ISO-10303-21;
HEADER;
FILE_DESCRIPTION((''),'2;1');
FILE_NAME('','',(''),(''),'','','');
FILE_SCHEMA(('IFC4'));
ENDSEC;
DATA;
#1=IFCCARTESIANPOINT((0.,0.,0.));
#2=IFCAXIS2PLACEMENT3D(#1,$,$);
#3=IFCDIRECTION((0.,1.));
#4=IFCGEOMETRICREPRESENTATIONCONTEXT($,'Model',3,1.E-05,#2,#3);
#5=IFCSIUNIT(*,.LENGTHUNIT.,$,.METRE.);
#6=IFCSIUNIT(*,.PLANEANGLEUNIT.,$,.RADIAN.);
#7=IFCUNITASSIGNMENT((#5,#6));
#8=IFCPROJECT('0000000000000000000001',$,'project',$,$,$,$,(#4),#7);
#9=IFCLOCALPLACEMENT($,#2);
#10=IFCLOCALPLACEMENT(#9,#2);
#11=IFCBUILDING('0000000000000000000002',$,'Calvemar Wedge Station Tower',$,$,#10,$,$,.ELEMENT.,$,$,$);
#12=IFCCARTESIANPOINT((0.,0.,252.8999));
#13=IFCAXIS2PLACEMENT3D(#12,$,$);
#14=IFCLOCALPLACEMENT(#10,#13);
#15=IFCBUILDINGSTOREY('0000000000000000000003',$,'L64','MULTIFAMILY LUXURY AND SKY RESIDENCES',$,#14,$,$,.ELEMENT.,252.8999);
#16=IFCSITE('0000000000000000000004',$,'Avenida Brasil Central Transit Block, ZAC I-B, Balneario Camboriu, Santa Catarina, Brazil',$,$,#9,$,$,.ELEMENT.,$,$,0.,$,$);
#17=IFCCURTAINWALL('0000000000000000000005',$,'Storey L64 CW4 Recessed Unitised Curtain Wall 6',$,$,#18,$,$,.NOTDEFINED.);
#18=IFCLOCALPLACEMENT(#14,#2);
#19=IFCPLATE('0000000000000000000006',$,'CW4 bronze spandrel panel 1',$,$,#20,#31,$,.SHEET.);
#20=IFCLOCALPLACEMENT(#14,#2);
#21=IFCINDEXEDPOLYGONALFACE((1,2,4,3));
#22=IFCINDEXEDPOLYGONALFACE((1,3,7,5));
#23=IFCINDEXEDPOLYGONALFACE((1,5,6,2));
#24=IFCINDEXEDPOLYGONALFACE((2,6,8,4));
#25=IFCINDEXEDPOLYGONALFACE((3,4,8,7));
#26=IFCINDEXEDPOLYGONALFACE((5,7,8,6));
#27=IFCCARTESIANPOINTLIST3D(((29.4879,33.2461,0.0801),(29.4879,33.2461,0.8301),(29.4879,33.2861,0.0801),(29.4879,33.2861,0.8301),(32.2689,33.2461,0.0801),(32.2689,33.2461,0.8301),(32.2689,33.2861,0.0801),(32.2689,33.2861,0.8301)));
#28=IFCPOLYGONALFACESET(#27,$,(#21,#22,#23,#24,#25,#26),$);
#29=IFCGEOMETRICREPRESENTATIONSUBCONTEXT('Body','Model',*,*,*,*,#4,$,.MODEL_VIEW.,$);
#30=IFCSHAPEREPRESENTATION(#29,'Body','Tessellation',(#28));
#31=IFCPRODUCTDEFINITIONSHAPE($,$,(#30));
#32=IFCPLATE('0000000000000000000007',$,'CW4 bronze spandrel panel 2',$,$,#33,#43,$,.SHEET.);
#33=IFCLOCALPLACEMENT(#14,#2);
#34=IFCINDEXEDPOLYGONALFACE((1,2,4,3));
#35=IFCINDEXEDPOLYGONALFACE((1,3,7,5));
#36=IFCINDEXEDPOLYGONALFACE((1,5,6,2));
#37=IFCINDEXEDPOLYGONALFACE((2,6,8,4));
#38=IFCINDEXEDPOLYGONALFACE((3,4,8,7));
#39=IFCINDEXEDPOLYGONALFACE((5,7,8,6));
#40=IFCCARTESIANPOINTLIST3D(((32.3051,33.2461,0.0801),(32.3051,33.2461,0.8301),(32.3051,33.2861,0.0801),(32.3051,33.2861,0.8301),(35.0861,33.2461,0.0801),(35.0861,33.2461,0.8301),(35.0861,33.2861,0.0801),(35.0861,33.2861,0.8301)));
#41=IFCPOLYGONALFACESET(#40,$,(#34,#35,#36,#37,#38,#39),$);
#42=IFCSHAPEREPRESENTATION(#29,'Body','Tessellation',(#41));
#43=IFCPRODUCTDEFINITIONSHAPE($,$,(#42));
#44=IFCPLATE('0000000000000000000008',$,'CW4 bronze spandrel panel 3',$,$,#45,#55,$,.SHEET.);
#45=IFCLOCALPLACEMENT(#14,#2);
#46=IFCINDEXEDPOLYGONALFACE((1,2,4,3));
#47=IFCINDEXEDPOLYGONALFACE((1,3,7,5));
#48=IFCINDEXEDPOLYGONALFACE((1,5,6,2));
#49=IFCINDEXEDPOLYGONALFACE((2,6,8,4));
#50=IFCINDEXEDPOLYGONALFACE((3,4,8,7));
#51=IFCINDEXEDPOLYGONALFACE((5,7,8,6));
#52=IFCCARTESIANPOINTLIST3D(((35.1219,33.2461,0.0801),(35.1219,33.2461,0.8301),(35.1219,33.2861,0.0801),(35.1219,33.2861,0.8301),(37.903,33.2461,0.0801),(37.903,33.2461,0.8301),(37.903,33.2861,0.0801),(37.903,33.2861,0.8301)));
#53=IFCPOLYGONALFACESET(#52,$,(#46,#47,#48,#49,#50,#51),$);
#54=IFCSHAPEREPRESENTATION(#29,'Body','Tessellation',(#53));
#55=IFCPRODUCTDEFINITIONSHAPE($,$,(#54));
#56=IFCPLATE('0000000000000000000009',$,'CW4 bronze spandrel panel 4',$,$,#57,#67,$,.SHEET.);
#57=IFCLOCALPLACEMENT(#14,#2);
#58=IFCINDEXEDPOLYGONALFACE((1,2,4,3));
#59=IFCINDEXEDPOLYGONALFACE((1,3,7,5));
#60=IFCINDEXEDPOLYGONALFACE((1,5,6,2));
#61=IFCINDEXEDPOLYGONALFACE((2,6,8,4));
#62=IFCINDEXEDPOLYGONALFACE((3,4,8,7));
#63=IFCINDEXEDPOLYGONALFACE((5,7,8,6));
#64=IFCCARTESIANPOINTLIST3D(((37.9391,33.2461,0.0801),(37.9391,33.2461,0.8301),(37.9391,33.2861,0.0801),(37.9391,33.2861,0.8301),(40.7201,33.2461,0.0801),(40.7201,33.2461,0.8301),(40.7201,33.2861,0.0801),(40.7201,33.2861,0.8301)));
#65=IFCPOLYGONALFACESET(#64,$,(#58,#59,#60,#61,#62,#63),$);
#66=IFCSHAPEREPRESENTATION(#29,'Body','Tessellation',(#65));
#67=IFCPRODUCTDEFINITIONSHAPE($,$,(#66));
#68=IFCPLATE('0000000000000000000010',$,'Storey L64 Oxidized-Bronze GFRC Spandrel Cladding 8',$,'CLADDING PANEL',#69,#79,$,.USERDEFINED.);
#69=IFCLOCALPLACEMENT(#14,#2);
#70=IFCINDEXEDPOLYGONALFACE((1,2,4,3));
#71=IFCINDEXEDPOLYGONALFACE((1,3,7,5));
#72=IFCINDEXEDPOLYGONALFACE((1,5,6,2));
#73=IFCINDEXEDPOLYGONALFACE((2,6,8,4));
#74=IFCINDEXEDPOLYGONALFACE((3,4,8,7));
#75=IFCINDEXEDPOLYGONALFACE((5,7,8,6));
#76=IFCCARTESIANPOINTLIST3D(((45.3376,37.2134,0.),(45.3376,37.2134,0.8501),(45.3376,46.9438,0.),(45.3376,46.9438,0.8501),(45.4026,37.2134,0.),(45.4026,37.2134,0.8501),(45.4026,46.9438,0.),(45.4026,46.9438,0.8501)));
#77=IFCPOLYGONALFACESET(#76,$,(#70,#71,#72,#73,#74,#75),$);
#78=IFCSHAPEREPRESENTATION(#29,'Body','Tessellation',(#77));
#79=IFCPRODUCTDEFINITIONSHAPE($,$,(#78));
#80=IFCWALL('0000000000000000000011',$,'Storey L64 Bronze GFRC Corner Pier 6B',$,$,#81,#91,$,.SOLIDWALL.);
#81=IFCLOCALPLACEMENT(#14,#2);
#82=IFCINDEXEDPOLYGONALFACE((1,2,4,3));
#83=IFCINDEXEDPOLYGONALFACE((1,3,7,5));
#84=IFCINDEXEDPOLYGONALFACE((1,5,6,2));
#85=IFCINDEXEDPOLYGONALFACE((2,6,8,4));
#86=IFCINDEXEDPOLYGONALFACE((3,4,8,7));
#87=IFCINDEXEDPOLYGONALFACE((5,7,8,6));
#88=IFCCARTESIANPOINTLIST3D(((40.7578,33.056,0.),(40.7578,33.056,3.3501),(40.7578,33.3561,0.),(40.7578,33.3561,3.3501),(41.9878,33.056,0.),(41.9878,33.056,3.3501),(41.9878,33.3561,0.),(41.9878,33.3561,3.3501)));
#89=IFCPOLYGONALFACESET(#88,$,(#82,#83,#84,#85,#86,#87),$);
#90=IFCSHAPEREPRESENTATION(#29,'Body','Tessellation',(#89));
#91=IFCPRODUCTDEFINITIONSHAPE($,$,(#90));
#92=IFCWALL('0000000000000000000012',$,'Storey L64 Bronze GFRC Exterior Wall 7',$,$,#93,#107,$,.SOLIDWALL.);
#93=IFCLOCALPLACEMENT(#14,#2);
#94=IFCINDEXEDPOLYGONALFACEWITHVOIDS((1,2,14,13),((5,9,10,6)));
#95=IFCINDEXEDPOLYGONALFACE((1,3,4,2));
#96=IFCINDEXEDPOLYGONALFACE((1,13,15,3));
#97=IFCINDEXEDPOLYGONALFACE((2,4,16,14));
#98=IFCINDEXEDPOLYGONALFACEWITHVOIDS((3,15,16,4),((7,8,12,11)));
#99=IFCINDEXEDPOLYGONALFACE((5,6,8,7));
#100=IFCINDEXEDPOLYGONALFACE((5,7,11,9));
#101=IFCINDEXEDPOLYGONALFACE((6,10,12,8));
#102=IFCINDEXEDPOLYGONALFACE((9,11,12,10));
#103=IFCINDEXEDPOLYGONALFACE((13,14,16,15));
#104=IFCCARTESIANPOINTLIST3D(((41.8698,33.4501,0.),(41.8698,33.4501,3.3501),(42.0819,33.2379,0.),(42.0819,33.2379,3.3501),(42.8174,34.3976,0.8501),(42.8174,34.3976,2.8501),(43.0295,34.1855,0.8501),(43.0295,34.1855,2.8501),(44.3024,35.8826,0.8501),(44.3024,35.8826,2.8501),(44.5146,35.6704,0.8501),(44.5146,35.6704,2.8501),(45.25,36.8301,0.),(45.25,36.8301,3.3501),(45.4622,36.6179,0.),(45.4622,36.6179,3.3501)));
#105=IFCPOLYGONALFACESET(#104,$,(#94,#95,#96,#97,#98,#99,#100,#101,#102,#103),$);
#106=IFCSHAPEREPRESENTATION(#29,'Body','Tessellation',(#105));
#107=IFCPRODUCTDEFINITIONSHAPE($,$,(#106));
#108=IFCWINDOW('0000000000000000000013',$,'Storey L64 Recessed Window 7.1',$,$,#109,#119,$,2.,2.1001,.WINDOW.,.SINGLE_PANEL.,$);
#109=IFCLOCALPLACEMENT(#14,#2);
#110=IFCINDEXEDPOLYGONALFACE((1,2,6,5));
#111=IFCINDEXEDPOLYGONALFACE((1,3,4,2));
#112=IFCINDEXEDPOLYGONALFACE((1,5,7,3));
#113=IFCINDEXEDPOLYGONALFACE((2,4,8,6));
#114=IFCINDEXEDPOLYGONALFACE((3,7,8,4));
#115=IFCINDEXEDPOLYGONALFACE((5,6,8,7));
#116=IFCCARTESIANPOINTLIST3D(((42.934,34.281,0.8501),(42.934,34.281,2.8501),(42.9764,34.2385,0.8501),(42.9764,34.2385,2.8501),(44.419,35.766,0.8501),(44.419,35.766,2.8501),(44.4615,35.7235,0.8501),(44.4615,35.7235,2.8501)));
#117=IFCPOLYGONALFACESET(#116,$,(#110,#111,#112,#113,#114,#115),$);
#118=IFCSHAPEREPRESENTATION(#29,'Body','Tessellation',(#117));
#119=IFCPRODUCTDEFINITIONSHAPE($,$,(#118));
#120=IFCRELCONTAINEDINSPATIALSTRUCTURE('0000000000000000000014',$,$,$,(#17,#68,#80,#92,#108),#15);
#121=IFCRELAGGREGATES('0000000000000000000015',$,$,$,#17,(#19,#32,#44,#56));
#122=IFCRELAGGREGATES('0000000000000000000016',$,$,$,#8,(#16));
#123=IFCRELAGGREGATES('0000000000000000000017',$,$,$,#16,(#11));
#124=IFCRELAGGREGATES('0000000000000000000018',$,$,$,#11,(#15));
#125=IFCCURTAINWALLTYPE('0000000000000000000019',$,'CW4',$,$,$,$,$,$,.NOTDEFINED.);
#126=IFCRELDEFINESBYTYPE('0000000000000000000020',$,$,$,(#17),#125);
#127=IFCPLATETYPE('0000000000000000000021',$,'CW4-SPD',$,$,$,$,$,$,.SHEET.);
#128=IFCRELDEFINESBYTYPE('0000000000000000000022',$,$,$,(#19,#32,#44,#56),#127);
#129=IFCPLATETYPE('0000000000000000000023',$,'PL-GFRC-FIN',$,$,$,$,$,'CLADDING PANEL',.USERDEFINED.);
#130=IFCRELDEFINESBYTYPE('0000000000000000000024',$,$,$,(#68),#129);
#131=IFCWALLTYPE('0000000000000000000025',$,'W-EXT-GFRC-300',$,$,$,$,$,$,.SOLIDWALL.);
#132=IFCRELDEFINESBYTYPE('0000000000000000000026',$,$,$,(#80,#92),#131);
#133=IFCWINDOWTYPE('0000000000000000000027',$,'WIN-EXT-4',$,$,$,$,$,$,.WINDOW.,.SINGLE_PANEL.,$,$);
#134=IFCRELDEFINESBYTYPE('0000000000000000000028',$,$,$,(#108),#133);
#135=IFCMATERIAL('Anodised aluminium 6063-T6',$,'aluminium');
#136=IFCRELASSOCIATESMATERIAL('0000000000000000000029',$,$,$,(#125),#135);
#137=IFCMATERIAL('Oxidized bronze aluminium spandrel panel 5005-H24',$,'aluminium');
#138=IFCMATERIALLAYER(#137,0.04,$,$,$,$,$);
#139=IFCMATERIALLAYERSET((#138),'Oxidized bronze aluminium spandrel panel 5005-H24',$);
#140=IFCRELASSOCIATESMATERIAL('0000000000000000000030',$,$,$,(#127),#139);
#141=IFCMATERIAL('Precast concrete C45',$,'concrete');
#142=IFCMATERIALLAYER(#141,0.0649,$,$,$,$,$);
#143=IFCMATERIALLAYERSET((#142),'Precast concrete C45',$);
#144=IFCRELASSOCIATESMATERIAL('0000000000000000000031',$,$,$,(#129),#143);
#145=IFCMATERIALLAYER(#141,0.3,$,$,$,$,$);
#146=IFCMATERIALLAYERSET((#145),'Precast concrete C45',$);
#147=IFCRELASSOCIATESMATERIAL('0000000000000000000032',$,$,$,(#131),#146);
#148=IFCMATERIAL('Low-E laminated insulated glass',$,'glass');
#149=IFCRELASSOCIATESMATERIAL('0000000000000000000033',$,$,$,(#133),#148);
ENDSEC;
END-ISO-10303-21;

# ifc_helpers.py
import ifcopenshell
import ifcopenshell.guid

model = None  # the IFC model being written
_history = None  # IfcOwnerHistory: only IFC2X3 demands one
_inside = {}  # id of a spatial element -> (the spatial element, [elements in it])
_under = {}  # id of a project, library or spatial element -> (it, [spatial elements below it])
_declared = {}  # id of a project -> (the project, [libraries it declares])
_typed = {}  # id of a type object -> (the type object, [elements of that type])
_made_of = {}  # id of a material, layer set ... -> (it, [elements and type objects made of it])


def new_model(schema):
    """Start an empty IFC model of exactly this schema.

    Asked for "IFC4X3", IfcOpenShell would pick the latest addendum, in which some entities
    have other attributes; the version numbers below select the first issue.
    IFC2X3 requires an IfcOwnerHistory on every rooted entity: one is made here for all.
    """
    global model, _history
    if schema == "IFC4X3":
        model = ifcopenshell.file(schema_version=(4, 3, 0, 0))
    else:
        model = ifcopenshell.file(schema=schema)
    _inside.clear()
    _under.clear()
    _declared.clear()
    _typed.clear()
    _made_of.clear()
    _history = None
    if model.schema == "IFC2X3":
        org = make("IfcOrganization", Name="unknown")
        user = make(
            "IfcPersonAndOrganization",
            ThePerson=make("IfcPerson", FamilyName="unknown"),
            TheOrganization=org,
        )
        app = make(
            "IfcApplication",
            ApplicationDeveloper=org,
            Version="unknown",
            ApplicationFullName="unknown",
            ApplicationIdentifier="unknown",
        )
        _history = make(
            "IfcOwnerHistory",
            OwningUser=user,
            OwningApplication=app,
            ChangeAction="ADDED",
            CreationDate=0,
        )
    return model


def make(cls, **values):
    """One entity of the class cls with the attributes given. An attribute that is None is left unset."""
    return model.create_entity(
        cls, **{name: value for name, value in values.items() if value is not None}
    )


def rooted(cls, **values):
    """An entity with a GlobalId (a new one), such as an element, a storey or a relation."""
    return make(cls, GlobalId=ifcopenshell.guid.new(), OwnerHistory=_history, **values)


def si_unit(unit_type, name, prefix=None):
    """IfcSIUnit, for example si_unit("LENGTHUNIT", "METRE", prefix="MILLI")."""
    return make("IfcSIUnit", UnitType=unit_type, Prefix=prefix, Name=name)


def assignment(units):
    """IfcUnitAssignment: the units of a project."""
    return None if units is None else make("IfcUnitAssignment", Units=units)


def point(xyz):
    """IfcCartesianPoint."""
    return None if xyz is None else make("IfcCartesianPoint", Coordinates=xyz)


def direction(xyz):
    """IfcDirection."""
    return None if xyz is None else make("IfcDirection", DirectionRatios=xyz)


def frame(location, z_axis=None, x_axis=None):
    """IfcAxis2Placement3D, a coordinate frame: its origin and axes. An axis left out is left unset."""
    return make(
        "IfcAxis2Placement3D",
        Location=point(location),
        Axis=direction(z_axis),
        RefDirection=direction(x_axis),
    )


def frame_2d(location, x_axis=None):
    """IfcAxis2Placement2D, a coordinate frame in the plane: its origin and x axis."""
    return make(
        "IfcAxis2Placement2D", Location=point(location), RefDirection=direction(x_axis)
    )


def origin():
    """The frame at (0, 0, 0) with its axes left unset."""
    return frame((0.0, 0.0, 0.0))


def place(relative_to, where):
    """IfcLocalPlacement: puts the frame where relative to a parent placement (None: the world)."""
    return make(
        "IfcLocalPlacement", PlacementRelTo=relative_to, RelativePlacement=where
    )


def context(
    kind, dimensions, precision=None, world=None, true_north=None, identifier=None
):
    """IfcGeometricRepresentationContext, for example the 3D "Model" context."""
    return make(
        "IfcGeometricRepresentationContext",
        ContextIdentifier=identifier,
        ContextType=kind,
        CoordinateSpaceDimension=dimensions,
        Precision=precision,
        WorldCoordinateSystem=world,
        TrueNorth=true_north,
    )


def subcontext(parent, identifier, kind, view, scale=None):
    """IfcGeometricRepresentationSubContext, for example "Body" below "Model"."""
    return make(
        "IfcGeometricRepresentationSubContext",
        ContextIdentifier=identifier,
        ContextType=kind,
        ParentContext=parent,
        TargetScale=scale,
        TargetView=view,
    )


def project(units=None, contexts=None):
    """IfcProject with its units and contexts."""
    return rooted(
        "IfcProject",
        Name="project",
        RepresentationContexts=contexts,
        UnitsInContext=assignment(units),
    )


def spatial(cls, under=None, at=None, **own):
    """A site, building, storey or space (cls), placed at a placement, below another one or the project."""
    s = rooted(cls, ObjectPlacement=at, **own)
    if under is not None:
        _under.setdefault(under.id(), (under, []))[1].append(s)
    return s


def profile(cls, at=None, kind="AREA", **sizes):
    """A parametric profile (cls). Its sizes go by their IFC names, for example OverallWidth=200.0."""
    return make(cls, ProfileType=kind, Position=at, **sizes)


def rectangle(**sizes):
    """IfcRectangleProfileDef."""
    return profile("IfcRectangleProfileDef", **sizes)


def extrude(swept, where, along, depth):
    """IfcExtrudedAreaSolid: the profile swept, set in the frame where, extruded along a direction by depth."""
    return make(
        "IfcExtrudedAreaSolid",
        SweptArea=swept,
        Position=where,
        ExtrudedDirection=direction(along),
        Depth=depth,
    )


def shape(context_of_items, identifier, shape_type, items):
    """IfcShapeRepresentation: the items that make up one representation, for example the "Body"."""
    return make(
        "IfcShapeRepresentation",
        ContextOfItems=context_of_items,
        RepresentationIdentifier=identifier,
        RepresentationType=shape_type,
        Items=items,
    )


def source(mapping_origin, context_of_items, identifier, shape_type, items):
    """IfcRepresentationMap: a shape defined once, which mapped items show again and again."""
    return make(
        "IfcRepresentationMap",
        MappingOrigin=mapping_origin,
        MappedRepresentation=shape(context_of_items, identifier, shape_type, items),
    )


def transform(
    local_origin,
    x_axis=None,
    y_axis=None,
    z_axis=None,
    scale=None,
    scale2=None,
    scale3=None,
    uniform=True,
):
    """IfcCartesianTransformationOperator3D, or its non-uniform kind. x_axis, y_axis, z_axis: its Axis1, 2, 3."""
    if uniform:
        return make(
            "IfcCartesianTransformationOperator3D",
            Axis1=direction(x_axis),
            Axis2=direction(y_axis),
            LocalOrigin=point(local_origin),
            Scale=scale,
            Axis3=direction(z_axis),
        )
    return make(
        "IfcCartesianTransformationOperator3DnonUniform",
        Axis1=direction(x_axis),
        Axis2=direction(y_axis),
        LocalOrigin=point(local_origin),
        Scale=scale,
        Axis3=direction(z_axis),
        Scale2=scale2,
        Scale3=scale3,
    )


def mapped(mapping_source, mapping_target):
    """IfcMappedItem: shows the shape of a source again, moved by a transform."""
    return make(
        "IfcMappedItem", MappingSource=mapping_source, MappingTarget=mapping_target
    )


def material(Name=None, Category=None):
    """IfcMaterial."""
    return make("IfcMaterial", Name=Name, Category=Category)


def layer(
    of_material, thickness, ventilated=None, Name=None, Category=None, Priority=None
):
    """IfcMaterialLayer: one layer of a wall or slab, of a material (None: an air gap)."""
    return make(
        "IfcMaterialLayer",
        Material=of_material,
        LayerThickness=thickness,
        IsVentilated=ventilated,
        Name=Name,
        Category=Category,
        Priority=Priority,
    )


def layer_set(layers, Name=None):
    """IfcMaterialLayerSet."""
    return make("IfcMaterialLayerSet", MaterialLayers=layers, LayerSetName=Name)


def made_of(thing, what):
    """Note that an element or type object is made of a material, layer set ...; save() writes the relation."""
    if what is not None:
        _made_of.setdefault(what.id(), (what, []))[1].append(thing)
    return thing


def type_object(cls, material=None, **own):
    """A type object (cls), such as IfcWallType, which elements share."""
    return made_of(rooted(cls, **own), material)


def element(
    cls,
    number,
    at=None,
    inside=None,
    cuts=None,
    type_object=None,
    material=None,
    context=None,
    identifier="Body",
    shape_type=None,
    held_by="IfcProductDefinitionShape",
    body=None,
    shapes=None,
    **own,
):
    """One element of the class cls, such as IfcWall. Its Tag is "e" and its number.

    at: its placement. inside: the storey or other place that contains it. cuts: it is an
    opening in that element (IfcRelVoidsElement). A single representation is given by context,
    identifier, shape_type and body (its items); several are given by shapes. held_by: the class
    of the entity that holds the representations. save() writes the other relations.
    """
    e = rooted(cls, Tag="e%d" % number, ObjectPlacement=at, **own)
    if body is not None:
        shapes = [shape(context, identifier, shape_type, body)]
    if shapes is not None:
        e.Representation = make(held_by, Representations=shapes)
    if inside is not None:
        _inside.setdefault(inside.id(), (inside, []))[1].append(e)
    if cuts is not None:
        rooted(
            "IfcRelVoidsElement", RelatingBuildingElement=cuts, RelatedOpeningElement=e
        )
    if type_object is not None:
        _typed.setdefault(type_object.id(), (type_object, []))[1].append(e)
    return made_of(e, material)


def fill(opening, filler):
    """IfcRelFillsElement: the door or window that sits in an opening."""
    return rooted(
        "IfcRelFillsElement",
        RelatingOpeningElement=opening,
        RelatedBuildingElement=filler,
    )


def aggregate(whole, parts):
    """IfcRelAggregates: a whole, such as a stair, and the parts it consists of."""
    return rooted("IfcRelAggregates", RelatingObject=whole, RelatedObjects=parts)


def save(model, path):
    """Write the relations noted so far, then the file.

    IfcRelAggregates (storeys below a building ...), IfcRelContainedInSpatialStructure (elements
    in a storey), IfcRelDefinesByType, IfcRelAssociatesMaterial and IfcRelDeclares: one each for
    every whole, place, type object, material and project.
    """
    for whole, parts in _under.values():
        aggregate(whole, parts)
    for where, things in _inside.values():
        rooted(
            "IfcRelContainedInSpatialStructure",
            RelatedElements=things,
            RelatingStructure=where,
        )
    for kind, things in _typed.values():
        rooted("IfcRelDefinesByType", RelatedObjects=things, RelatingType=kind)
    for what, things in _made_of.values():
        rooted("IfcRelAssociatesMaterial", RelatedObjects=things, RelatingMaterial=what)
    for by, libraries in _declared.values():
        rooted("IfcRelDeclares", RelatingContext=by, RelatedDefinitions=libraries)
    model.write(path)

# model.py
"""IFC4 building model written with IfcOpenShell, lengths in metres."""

from ifc_helpers import new_model, si_unit, direction, frame, frame_2d, origin, place, context, subcontext, project, spatial, rectangle, extrude, source, transform, mapped, material, layer, layer_set, type_object, element, fill, aggregate, save


model = new_model("IFC4")

# Units and contexts
model_context = context("Model", 3, precision=1e-05, world=origin(), true_north=direction((0.0, 1.0)))
body_context = subcontext(model_context, "Body", "Model", "MODEL_VIEW")
ifc_project = project(units=[si_unit("LENGTHUNIT", "METRE"), si_unit("PLANEANGLEUNIT", "RADIAN")], contexts=[model_context])

# Site, building, storey
site_placement = place(None, origin())
site = spatial("IfcSite", under=ifc_project, at=site_placement, Name="Avenida Brasil Central Transit Block, ZAC I-B, Balneario Camboriu, Santa Catarina, Brazil", CompositionType="ELEMENT", RefElevation=0.0)
building_placement = place(site_placement, origin())
building = spatial("IfcBuilding", under=site, at=building_placement, Name="Calvemar Wedge Station Tower", CompositionType="ELEMENT")
storey_placement = place(building_placement, frame((0.0, 0.0, 252.8999)))
storey = spatial("IfcBuildingStorey", under=building, at=storey_placement, Name="L64", Description="MULTIFAMILY LUXURY AND SKY RESIDENCES", CompositionType="ELEMENT", Elevation=252.8999)

# Curtain wall, plates
ifc_material_1 = material(Name="Anodised aluminium 6063-T6", Category="aluminium")
curtain_wall_type = type_object("IfcCurtainWallType", Name="CW4", PredefinedType="NOTDEFINED", material=ifc_material_1)
curtain_wall_placement = place(storey_placement, origin())
curtain_wall = element("IfcCurtainWall", 1, at=curtain_wall_placement, inside=storey, type_object=curtain_wall_type, Name="Storey L64 CW4 Recessed Unitised Curtain Wall 6", PredefinedType="NOTDEFINED")
ifc_material_2 = material(Name="Low-E laminated insulated glass", Category="glass")
ifc_material_3 = material(Name="Oxidized bronze aluminium spandrel panel 5005-H24", Category="aluminium")
ifc_layer_1 = layer(ifc_material_3, 0.04)
ifc_layer_set_1 = layer_set([ifc_layer_1], Name="Oxidized bronze aluminium spandrel panel 5005-H24")
plate_type_1 = type_object("IfcPlateType", Name="CW4-SPD", PredefinedType="SHEET", material=ifc_layer_set_1)
plate_1_placement = place(storey_placement, frame((29.4878, 33.2661, 0.0801), z_axis=(0.0, 0.0, 1.0), x_axis=(1.0, 0.0, 0.0)))
plate_1 = element("IfcPlate", 2, at=plate_1_placement, type_object=plate_type_1, Name="CW4 bronze spandrel panel 1", PredefinedType="SHEET", context=body_context, shape_type="SweptSolid", body=[
    extrude(rectangle(XDim=2.781, YDim=0.04, at=frame_2d((1.3906, 0.0))), origin(), (0.0, 0.0, 1.0), 0.75),
])
plate_2_placement = place(storey_placement, frame((32.3049, 33.2661, 0.0801), z_axis=(0.0, 0.0, 1.0), x_axis=(1.0, 0.0, 0.0)))
plate_2 = element("IfcPlate", 3, at=plate_2_placement, type_object=plate_type_1, Name="CW4 bronze spandrel panel 2", PredefinedType="SHEET", context=body_context, shape_type="SweptSolid", body=[
    extrude(rectangle(XDim=2.781, YDim=0.04, at=frame_2d((1.3906, 0.0))), origin(), (0.0, 0.0, 1.0), 0.75),
])
plate_3_placement = place(storey_placement, frame((35.1218, 33.2661, 0.0801), z_axis=(0.0, 0.0, 1.0), x_axis=(1.0, 0.0, 0.0)))
plate_3 = element("IfcPlate", 4, at=plate_3_placement, type_object=plate_type_1, Name="CW4 bronze spandrel panel 3", PredefinedType="SHEET", context=body_context, shape_type="SweptSolid", body=[
    extrude(rectangle(XDim=2.781, YDim=0.04, at=frame_2d((1.3906, 0.0))), origin(), (0.0, 0.0, 1.0), 0.75),
])
plate_4_placement = place(storey_placement, frame((37.939, 33.2661, 0.0801), z_axis=(0.0, 0.0, 1.0), x_axis=(1.0, 0.0, 0.0)))
plate_4 = element("IfcPlate", 5, at=plate_4_placement, type_object=plate_type_1, Name="CW4 bronze spandrel panel 4", PredefinedType="SHEET", context=body_context, shape_type="SweptSolid", body=[
    extrude(rectangle(XDim=2.781, YDim=0.04, at=frame_2d((1.3906, 0.0))), origin(), (0.0, 0.0, 1.0), 0.75),
])
aggregate(curtain_wall, [plate_1, plate_2, plate_3, plate_4])

# Plate
ifc_material_4 = material(Name="Precast concrete C45", Category="concrete")
ifc_layer_2 = layer(ifc_material_4, 0.0649)
ifc_layer_set_2 = layer_set([ifc_layer_2], Name="Precast concrete C45")
plate_type_2 = type_object("IfcPlateType", Name="PL-GFRC-FIN", ElementType="CLADDING PANEL", PredefinedType="USERDEFINED", material=ifc_layer_set_2)
plate_5_placement = place(storey_placement, frame((45.3701, 37.2134, 0.0), z_axis=(0.0, 0.0, 1.0), x_axis=(0.0, 1.0, 0.0)))
element("IfcPlate", 6, at=plate_5_placement, inside=storey, type_object=plate_type_2, Name="Storey L64 Oxidized-Bronze GFRC Spandrel Cladding 8", ObjectType="CLADDING PANEL", PredefinedType="USERDEFINED", context=body_context, shape_type="SweptSolid", body=[
    extrude(rectangle(XDim=9.7305, YDim=0.0649, at=frame_2d((4.8652, 0.0))), origin(), (0.0, 0.0, 1.0), 0.8501),
])

# Wall
ifc_layer_3 = layer(ifc_material_4, 0.3)
ifc_layer_set_3 = layer_set([ifc_layer_3], Name="Precast concrete C45")
wall_type_1 = type_object("IfcWallType", Name="W-EXT-GFRC-300", PredefinedType="SOLIDWALL", material=ifc_layer_set_3)
wall_1_placement = place(storey_placement, frame((40.7578, 33.2061, 0.0), z_axis=(0.0, 0.0, 1.0), x_axis=(1.0, 0.0, 0.0)))
element("IfcWall", 7, at=wall_1_placement, inside=storey, type_object=wall_type_1, Name="Storey L64 Bronze GFRC Corner Pier 6B", PredefinedType="SOLIDWALL", context=body_context, shape_type="SweptSolid", body=[
    extrude(rectangle(XDim=1.23, YDim=0.3, at=frame_2d((0.615, 0.0))), origin(), (0.0, 0.0, 1.0), 3.3501),
])

# Wall, opening, window
wall_2_placement = place(storey_placement, frame((41.9758, 33.344, 0.0), z_axis=(0.0, 0.0, 1.0), x_axis=(0.707132, 0.707081, 0.0)))
wall_2 = element("IfcWall", 8, at=wall_2_placement, inside=storey, type_object=wall_type_1, Name="Storey L64 Bronze GFRC Exterior Wall 7", PredefinedType="SOLIDWALL", context=body_context, shape_type="SweptSolid", body=[
    extrude(rectangle(XDim=4.7803, YDim=0.3, at=frame_2d((2.3901, 0.0))), origin(), (0.0, 0.0, 1.0), 3.3501),
])
shared_shape_1 = source(origin(), body_context, "Body", "SweptSolid", [
    extrude(rectangle(XDim=2.1001, YDim=2.0, at=frame_2d((1.05, 1.0))), frame((0.0, 0.1602, 0.0), z_axis=(0.0, -1.0, 0.0), x_axis=(1.0, 0.0, 0.0)), (0.0, 0.0, 1.0), 0.3201),
])
opening_1_placement = place(wall_2_placement, frame((1.3401, 0.0, 0.8501)))
opening_1 = element("IfcOpeningElement", 9, at=opening_1_placement, cuts=wall_2, PredefinedType="OPENING", context=body_context, shape_type="MappedRepresentation", body=[
    mapped(shared_shape_1, transform((0.0, 0.0, 0.0), scale=1.0)),
])
window_type_1 = type_object("IfcWindowType", Name="WIN-EXT-4", PartitioningType="SINGLE_PANEL", PredefinedType="WINDOW", material=ifc_material_2)
shared_shape_2 = source(origin(), body_context, "Body", "SweptSolid", [
    extrude(rectangle(XDim=2.1001, YDim=2.0, at=frame_2d((1.05, 1.0))), frame((0.0, -0.0149, 0.0), z_axis=(0.0, -1.0, 0.0), x_axis=(1.0, 0.0, 0.0)), (0.0, 0.0, 1.0), 0.0601),
])
window_1_placement = place(opening_1_placement, origin())
window_1 = element("IfcWindow", 10, at=window_1_placement, inside=storey, type_object=window_type_1, Name="Storey L64 Recessed Window 7.1", OverallHeight=2.0, OverallWidth=2.1001, PartitioningType="SINGLE_PANEL", PredefinedType="WINDOW", context=body_context, shape_type="MappedRepresentation", body=[
    mapped(shared_shape_2, transform((0.0, 0.0, 0.0), scale=1.0)),
])
fill(opening_1, window_1)

save(model, "model.ifc")
